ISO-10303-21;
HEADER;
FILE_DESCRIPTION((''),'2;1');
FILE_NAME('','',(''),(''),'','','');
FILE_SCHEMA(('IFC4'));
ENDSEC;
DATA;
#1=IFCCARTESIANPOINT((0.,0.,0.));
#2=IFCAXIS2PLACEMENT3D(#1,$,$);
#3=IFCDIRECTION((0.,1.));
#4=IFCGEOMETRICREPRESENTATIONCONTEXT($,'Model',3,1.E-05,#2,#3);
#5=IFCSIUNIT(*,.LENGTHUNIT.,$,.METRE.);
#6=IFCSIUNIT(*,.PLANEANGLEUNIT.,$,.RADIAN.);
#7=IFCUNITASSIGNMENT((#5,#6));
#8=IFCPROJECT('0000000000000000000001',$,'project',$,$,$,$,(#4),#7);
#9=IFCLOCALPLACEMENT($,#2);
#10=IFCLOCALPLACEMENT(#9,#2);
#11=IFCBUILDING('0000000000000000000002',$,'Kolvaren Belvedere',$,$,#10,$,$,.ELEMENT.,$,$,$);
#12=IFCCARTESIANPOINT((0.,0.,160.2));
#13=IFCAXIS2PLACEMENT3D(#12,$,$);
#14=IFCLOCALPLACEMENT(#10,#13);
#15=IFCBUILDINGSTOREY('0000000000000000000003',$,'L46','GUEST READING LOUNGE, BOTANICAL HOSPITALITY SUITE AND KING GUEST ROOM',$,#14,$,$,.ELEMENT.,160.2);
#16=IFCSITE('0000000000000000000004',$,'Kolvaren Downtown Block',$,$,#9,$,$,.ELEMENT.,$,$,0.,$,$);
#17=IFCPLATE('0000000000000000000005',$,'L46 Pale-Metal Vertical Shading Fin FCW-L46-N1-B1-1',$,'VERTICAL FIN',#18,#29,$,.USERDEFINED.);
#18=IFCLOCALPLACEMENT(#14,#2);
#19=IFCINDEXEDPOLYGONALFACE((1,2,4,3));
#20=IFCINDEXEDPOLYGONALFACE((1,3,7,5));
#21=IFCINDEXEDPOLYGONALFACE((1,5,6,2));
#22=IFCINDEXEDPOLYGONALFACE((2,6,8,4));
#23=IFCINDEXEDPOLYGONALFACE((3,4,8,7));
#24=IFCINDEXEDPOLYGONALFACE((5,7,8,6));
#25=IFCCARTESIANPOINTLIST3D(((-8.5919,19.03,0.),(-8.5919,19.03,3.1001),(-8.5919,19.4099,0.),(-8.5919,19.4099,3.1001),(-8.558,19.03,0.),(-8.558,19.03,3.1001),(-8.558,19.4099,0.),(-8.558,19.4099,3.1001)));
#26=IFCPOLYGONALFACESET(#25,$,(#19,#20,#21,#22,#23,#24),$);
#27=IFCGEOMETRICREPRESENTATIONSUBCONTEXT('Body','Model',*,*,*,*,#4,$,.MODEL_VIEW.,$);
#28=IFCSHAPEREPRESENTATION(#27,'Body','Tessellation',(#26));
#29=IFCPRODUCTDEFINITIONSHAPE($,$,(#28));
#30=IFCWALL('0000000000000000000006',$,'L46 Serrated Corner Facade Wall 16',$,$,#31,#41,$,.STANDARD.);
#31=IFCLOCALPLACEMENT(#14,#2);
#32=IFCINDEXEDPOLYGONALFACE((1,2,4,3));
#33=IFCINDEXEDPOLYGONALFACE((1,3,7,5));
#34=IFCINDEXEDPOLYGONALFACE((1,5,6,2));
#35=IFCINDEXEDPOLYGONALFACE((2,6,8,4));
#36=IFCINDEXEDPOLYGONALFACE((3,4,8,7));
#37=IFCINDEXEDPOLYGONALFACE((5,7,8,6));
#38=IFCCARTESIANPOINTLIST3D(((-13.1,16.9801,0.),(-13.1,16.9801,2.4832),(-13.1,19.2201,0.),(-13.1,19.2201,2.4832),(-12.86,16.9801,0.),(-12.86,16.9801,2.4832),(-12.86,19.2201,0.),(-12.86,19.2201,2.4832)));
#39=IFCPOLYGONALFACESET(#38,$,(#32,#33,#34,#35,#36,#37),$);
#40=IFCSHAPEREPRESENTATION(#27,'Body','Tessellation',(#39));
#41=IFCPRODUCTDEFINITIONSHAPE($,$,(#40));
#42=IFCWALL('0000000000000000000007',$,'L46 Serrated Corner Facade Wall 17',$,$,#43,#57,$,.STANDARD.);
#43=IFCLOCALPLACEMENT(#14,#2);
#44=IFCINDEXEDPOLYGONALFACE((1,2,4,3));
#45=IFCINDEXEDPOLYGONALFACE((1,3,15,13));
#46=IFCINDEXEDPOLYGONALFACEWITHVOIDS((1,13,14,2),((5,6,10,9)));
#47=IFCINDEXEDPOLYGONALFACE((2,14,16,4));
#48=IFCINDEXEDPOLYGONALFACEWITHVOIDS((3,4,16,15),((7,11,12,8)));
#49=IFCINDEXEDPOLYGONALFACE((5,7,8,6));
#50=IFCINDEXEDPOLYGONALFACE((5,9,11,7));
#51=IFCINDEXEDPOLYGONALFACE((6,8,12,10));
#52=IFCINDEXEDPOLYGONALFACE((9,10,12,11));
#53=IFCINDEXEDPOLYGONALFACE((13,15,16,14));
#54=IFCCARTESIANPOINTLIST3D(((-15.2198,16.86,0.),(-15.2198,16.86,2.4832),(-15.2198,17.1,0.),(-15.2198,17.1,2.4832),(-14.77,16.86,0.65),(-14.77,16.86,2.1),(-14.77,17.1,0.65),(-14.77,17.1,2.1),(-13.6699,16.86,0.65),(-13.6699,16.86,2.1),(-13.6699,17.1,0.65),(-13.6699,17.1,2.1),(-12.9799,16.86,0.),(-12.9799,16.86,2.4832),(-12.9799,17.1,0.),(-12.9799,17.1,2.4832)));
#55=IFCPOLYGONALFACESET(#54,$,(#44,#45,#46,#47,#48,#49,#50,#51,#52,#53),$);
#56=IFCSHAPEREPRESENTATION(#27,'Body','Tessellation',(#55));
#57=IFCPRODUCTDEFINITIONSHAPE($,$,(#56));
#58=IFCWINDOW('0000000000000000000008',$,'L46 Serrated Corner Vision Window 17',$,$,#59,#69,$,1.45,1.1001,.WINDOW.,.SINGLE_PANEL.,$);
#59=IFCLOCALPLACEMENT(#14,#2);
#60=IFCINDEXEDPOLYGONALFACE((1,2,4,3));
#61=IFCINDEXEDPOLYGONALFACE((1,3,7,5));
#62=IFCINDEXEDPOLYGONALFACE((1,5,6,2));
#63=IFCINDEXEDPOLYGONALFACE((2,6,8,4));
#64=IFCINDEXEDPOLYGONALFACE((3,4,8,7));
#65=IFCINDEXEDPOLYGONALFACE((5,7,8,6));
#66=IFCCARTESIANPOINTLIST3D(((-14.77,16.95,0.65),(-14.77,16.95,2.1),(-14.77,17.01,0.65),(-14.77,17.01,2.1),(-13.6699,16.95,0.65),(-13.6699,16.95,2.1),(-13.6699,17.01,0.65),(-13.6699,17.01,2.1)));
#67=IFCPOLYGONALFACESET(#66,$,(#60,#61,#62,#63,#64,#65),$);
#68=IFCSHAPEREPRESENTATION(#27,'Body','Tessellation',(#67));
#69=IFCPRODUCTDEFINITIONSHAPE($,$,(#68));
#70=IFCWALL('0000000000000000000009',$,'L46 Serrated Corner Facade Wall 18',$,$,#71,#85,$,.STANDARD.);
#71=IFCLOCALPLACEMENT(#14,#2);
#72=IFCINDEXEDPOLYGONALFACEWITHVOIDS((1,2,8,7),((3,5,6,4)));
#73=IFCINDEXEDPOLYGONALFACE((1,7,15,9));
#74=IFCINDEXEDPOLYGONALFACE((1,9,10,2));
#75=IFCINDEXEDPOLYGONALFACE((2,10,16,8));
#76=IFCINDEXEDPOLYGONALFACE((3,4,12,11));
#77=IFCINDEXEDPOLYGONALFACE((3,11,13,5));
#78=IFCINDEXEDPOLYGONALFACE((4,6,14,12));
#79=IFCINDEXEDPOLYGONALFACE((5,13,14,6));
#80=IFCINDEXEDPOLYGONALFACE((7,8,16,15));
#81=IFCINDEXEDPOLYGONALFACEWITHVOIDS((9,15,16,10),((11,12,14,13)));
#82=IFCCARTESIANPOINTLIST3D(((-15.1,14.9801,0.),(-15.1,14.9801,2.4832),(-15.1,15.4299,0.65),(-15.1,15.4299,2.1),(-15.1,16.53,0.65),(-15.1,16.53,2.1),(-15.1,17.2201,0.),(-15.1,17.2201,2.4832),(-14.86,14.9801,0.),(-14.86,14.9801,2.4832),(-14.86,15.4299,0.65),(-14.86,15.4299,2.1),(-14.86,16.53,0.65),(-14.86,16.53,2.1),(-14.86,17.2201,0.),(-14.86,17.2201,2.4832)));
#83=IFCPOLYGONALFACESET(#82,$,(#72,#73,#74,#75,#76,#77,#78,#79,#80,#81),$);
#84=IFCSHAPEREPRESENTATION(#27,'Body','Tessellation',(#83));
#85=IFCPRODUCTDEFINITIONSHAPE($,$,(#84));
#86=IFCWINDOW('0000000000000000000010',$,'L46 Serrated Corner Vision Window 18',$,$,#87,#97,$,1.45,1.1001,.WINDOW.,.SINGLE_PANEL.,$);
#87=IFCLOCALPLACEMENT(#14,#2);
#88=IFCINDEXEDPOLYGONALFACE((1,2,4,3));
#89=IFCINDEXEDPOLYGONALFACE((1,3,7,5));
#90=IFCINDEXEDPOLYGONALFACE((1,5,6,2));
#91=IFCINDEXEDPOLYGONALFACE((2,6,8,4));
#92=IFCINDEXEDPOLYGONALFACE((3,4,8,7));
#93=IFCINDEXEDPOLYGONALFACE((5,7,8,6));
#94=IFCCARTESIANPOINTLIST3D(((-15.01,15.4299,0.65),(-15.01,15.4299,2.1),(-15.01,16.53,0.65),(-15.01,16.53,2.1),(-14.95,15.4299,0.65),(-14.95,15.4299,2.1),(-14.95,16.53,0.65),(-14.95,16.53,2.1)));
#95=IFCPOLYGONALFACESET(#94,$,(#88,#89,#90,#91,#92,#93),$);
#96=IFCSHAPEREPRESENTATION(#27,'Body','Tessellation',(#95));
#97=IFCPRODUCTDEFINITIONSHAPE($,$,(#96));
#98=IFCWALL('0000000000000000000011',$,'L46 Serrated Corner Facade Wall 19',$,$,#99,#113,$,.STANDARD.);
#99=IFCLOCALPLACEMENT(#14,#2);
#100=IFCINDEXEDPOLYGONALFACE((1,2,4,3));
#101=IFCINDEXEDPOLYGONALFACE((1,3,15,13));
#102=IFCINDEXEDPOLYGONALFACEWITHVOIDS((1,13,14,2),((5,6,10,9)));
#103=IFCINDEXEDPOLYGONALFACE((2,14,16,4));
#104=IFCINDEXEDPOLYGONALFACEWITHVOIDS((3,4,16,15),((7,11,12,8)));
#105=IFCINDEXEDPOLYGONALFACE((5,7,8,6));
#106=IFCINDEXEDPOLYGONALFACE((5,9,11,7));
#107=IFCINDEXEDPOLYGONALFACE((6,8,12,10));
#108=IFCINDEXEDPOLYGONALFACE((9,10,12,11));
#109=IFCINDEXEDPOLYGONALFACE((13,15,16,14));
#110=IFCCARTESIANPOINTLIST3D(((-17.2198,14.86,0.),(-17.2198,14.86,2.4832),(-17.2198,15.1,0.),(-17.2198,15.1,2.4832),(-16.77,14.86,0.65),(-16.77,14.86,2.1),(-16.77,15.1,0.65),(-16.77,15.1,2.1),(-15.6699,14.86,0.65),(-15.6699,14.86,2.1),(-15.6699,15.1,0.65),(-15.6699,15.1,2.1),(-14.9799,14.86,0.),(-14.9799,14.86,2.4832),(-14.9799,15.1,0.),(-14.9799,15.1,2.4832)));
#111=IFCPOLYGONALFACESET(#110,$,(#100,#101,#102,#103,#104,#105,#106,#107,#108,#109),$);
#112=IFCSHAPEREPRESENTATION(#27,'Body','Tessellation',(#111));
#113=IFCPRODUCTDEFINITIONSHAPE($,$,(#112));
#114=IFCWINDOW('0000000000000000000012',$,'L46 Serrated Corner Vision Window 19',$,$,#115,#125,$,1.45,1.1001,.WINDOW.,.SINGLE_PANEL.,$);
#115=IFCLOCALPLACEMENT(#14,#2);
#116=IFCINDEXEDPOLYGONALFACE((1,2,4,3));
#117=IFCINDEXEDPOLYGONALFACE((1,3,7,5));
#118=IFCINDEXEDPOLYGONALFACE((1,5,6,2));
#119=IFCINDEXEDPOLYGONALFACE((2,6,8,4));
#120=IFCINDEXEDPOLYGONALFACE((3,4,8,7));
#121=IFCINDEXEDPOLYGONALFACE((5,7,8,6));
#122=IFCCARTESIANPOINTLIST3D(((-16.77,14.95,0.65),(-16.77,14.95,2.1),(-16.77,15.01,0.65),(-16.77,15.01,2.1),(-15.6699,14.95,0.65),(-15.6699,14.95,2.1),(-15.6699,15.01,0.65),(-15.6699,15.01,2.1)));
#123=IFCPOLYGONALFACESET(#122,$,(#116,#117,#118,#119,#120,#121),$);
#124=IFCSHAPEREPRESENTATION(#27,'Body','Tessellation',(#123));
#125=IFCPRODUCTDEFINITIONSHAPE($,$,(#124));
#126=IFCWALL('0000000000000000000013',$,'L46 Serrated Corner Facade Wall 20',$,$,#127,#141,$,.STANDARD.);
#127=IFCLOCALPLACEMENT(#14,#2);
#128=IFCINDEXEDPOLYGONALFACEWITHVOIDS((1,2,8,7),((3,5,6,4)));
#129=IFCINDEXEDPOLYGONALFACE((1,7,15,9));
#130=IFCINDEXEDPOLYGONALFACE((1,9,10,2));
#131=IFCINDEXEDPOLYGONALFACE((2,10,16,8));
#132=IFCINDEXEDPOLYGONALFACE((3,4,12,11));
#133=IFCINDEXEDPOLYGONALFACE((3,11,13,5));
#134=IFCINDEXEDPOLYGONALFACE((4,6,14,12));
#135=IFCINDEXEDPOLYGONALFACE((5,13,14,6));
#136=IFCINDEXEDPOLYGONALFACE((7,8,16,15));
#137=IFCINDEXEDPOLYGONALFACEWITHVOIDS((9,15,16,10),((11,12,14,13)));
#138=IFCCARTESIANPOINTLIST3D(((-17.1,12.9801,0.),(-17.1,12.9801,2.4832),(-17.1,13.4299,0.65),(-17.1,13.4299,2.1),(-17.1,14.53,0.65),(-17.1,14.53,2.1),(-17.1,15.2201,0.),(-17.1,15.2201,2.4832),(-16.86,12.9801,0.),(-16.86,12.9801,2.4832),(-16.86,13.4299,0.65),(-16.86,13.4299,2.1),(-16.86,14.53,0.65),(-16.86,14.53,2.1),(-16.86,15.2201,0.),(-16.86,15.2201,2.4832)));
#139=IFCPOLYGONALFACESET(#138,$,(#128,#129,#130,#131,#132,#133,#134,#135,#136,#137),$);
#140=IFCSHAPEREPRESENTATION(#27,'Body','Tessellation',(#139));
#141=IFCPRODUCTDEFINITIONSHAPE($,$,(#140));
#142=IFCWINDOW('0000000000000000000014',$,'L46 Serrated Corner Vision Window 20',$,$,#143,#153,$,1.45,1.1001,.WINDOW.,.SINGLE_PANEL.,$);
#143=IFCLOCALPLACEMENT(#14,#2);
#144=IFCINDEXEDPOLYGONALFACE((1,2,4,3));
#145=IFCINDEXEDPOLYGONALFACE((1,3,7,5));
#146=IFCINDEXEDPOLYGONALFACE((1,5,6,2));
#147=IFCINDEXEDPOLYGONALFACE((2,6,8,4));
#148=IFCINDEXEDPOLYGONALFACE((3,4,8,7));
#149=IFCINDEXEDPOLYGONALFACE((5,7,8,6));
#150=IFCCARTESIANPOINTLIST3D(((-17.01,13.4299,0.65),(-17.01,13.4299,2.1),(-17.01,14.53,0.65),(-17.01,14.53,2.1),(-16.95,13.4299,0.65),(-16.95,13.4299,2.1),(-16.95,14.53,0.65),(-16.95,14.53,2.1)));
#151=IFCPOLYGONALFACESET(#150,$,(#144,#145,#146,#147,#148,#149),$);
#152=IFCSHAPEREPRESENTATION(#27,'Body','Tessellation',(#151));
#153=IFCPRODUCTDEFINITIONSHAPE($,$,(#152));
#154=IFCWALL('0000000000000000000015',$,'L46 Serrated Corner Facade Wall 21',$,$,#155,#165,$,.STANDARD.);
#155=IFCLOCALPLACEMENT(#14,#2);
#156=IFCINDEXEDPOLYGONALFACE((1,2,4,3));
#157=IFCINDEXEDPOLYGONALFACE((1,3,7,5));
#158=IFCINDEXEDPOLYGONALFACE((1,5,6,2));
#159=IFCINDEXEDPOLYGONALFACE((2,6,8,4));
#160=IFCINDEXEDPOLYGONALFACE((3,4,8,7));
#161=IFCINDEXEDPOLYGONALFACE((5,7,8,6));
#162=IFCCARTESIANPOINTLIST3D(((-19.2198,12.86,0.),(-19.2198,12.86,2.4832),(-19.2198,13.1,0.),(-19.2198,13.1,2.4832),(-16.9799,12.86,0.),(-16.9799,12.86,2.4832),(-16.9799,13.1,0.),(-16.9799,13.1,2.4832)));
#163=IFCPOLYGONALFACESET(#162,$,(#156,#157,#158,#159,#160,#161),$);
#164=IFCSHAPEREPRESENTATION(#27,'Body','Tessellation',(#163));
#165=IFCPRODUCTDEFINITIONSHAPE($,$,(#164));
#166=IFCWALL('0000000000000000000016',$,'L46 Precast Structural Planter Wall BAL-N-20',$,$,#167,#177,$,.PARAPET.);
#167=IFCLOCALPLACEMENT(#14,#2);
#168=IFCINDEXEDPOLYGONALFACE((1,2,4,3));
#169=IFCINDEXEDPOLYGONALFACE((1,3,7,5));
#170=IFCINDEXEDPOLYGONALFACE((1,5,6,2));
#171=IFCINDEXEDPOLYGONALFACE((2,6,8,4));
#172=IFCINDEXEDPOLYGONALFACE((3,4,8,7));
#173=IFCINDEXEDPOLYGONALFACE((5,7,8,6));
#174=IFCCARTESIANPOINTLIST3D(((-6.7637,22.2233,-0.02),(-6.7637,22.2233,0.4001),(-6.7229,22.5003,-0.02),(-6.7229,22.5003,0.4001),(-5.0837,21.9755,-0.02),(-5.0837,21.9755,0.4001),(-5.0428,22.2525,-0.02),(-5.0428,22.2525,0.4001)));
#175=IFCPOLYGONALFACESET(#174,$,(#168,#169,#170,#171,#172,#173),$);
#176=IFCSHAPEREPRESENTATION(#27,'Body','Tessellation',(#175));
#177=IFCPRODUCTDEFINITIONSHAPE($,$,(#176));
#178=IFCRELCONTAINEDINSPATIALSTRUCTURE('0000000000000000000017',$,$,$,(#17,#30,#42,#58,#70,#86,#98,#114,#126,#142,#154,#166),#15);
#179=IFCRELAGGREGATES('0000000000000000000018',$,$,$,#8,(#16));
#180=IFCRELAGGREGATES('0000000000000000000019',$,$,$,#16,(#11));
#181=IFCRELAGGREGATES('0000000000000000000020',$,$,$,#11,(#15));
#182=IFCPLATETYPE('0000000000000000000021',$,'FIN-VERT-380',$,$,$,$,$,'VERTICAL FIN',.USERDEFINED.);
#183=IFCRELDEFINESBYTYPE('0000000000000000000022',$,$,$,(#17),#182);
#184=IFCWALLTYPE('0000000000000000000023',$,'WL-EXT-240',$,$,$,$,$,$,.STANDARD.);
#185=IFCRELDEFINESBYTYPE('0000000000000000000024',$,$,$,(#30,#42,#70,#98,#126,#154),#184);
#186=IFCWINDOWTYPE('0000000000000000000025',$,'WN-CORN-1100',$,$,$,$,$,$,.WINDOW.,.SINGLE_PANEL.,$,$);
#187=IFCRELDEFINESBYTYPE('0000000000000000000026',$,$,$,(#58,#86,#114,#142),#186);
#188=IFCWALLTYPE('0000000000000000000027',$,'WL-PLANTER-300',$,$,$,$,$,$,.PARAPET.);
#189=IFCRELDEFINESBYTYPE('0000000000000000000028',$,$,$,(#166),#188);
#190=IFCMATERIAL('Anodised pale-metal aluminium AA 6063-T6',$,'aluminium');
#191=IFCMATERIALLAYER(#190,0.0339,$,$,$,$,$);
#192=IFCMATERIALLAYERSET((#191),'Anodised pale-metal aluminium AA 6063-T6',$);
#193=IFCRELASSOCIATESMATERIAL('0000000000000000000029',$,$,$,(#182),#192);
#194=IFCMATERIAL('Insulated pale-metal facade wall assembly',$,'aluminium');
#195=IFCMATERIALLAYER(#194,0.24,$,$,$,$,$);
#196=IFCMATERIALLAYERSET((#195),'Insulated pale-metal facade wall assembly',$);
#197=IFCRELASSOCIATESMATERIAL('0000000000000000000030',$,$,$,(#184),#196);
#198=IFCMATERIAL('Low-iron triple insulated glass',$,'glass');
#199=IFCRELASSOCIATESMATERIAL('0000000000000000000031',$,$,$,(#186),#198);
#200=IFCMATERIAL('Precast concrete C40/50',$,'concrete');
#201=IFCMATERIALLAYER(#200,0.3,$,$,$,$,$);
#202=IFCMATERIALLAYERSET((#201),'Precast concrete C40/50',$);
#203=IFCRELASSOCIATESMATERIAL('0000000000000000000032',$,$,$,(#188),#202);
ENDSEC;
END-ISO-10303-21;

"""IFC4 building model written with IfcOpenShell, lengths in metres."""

from ifc_helpers import new_model, si_unit, direction, frame, frame_2d, origin, origin_2d, place, context, subcontext, project, spatial, rectangle, extrude, material, layer, layer_set, type_object, element, fill, save


model = new_model("IFC4")

# Units and contexts
model_context = context("Model", 3, precision=1e-05, world=origin(), true_north=direction((0.0, 1.0)))
body_context = subcontext(model_context, "Body", "Model", "MODEL_VIEW")
ifc_project = project(units=[si_unit("LENGTHUNIT", "METRE"), si_unit("PLANEANGLEUNIT", "RADIAN")], contexts=[model_context])

# Site, building, storey
site_placement = place(None, origin())
site = spatial("IfcSite", under=ifc_project, at=site_placement, Name="Kolvaren Downtown Block", CompositionType="ELEMENT", RefElevation=0.0)
building_placement = place(site_placement, origin())
building = spatial("IfcBuilding", under=site, at=building_placement, Name="Kolvaren Belvedere", CompositionType="ELEMENT")
storey_placement = place(building_placement, frame((0.0, 0.0, 160.2)))
storey = spatial("IfcBuildingStorey", under=building, at=storey_placement, Name="L46", Description="GUEST READING LOUNGE, BOTANICAL HOSPITALITY SUITE AND KING GUEST ROOM", CompositionType="ELEMENT", Elevation=160.2)

# Plate
ifc_material_1 = material(Name="Anodised pale-metal aluminium AA 6063-T6", Category="aluminium")
ifc_layer_1 = layer(ifc_material_1, 0.0339)
ifc_layer_set_1 = layer_set([ifc_layer_1], Name="Anodised pale-metal aluminium AA 6063-T6")
plate_type_1 = type_object("IfcPlateType", Name="FIN-VERT-380", ElementType="VERTICAL FIN", PredefinedType="USERDEFINED", material=ifc_layer_set_1)
plate_1_placement = place(storey_placement, frame((-8.575, 19.22, 0.0), z_axis=(0.0, 0.0, 1.0), x_axis=(0.0, 1.0, 0.0)))
element("IfcPlate", 1, at=plate_1_placement, inside=storey, type_object=plate_type_1, Name="L46 Pale-Metal Vertical Shading Fin FCW-L46-N1-B1-1", ObjectType="VERTICAL FIN", PredefinedType="USERDEFINED", context=body_context, shape_type="SweptSolid", body=[
    extrude(rectangle(XDim=0.3799, YDim=0.0339, at=origin_2d()), origin(), (0.0, 0.0, 1.0), 3.1001),
])

# Wall
ifc_material_2 = material(Name="Insulated pale-metal facade wall assembly", Category="aluminium")
ifc_layer_2 = layer(ifc_material_2, 0.24)
ifc_layer_set_2 = layer_set([ifc_layer_2], Name="Insulated pale-metal facade wall assembly")
wall_type_1 = type_object("IfcWallType", Name="WL-EXT-240", PredefinedType="STANDARD", material=ifc_layer_set_2)
wall_1_placement = place(storey_placement, frame((-12.98, 16.98, 0.0), z_axis=(0.0, 0.0, 1.0), x_axis=(0.0, 1.0, 0.0)))
element("IfcWall", 2, at=wall_1_placement, inside=storey, type_object=wall_type_1, Name="L46 Serrated Corner Facade Wall 16", PredefinedType="STANDARD", context=body_context, shape_type="SweptSolid", body=[
    extrude(rectangle(XDim=2.24, YDim=0.24, at=frame_2d((1.1201, 0.0))), origin(), (0.0, 0.0, 1.0), 2.4832),
])

# Walls, openings, windows
wall_2_placement = place(storey_placement, frame((-15.22, 16.98, 0.0), z_axis=(0.0, 0.0, 1.0), x_axis=(1.0, 0.0, 0.0)))
wall_2 = element("IfcWall", 3, at=wall_2_placement, inside=storey, type_object=wall_type_1, Name="L46 Serrated Corner Facade Wall 17", PredefinedType="STANDARD", context=body_context, shape_type="SweptSolid", body=[
    extrude(rectangle(XDim=2.24, YDim=0.24, at=frame_2d((1.1201, 0.0))), origin(), (0.0, 0.0, 1.0), 2.4832),
])
opening_1_placement = place(wall_2_placement, frame((0.45, 0.0, 0.6499)))
opening_1 = element("IfcOpeningElement", 4, at=opening_1_placement, cuts=wall_2, PredefinedType="OPENING", context=body_context, shape_type="SweptSolid", body=[
    extrude(rectangle(XDim=1.1001, YDim=1.45, at=frame_2d((0.55, 0.7251))), frame((0.0, 0.1299, 0.0), z_axis=(0.0, -1.0, 0.0), x_axis=(1.0, 0.0, 0.0)), (0.0, 0.0, 1.0), 0.26),
])
ifc_material_3 = material(Name="Low-iron triple insulated glass", Category="glass")
window_type = type_object("IfcWindowType", Name="WN-CORN-1100", PartitioningType="SINGLE_PANEL", PredefinedType="WINDOW", material=ifc_material_3)
window_1_placement = place(opening_1_placement, origin())
window_1 = element("IfcWindow", 5, at=window_1_placement, inside=storey, type_object=window_type, Name="L46 Serrated Corner Vision Window 17", OverallHeight=1.45, OverallWidth=1.1001, PartitioningType="SINGLE_PANEL", PredefinedType="WINDOW", context=body_context, shape_type="SweptSolid", body=[
    extrude(rectangle(XDim=1.1001, YDim=1.45, at=frame_2d((0.55, 0.7251))), frame((0.0, 0.03, 0.0), z_axis=(0.0, -1.0, 0.0), x_axis=(1.0, 0.0, 0.0)), (0.0, 0.0, 1.0), 0.0601),
])
fill(opening_1, window_1)
wall_3_placement = place(storey_placement, frame((-14.98, 14.98, 0.0), z_axis=(0.0, 0.0, 1.0), x_axis=(0.0, 1.0, 0.0)))
wall_3 = element("IfcWall", 6, at=wall_3_placement, inside=storey, type_object=wall_type_1, Name="L46 Serrated Corner Facade Wall 18", PredefinedType="STANDARD", context=body_context, shape_type="SweptSolid", body=[
    extrude(rectangle(XDim=2.24, YDim=0.24, at=frame_2d((1.1201, 0.0))), origin(), (0.0, 0.0, 1.0), 2.4832),
])
opening_2_placement = place(wall_3_placement, frame((0.45, 0.0, 0.6499)))
opening_2 = element("IfcOpeningElement", 7, at=opening_2_placement, cuts=wall_3, PredefinedType="OPENING", context=body_context, shape_type="SweptSolid", body=[
    extrude(rectangle(XDim=1.1001, YDim=1.45, at=frame_2d((0.55, 0.7251))), frame((0.0, 0.1299, 0.0), z_axis=(0.0, -1.0, 0.0), x_axis=(1.0, 0.0, 0.0)), (0.0, 0.0, 1.0), 0.26),
])
window_2_placement = place(opening_2_placement, origin())
window_2 = element("IfcWindow", 8, at=window_2_placement, inside=storey, type_object=window_type, Name="L46 Serrated Corner Vision Window 18", OverallHeight=1.45, OverallWidth=1.1001, PartitioningType="SINGLE_PANEL", PredefinedType="WINDOW", context=body_context, shape_type="SweptSolid", body=[
    extrude(rectangle(XDim=1.1001, YDim=1.45, at=frame_2d((0.55, 0.7251))), frame((0.0, 0.03, 0.0), z_axis=(0.0, -1.0, 0.0), x_axis=(1.0, 0.0, 0.0)), (0.0, 0.0, 1.0), 0.0601),
])
fill(opening_2, window_2)
wall_4_placement = place(storey_placement, frame((-17.22, 14.98, 0.0), z_axis=(0.0, 0.0, 1.0), x_axis=(1.0, 0.0, 0.0)))
wall_4 = element("IfcWall", 9, at=wall_4_placement, inside=storey, type_object=wall_type_1, Name="L46 Serrated Corner Facade Wall 19", PredefinedType="STANDARD", context=body_context, shape_type="SweptSolid", body=[
    extrude(rectangle(XDim=2.24, YDim=0.24, at=frame_2d((1.1201, 0.0))), origin(), (0.0, 0.0, 1.0), 2.4832),
])
opening_3_placement = place(wall_4_placement, frame((0.45, 0.0, 0.6499)))
opening_3 = element("IfcOpeningElement", 10, at=opening_3_placement, cuts=wall_4, PredefinedType="OPENING", context=body_context, shape_type="SweptSolid", body=[
    extrude(rectangle(XDim=1.1001, YDim=1.45, at=frame_2d((0.55, 0.7251))), frame((0.0, 0.1299, 0.0), z_axis=(0.0, -1.0, 0.0), x_axis=(1.0, 0.0, 0.0)), (0.0, 0.0, 1.0), 0.26),
])
window_3_placement = place(opening_3_placement, origin())
window_3 = element("IfcWindow", 11, at=window_3_placement, inside=storey, type_object=window_type, Name="L46 Serrated Corner Vision Window 19", OverallHeight=1.45, OverallWidth=1.1001, PartitioningType="SINGLE_PANEL", PredefinedType="WINDOW", context=body_context, shape_type="SweptSolid", body=[
    extrude(rectangle(XDim=1.1001, YDim=1.45, at=frame_2d((0.55, 0.7251))), frame((0.0, 0.03, 0.0), z_axis=(0.0, -1.0, 0.0), x_axis=(1.0, 0.0, 0.0)), (0.0, 0.0, 1.0), 0.0601),
])
fill(opening_3, window_3)
wall_5_placement = place(storey_placement, frame((-16.98, 12.98, 0.0), z_axis=(0.0, 0.0, 1.0), x_axis=(0.0, 1.0, 0.0)))
wall_5 = element("IfcWall", 12, at=wall_5_placement, inside=storey, type_object=wall_type_1, Name="L46 Serrated Corner Facade Wall 20", PredefinedType="STANDARD", context=body_context, shape_type="SweptSolid", body=[
    extrude(rectangle(XDim=2.24, YDim=0.24, at=frame_2d((1.1201, 0.0))), origin(), (0.0, 0.0, 1.0), 2.4832),
])
opening_4_placement = place(wall_5_placement, frame((0.45, 0.0, 0.6499)))
opening_4 = element("IfcOpeningElement", 13, at=opening_4_placement, cuts=wall_5, PredefinedType="OPENING", context=body_context, shape_type="SweptSolid", body=[
    extrude(rectangle(XDim=1.1001, YDim=1.45, at=frame_2d((0.55, 0.7251))), frame((0.0, 0.1299, 0.0), z_axis=(0.0, -1.0, 0.0), x_axis=(1.0, 0.0, 0.0)), (0.0, 0.0, 1.0), 0.26),
])
window_4_placement = place(opening_4_placement, origin())
window_4 = element("IfcWindow", 14, at=window_4_placement, inside=storey, type_object=window_type, Name="L46 Serrated Corner Vision Window 20", OverallHeight=1.45, OverallWidth=1.1001, PartitioningType="SINGLE_PANEL", PredefinedType="WINDOW", context=body_context, shape_type="SweptSolid", body=[
    extrude(rectangle(XDim=1.1001, YDim=1.45, at=frame_2d((0.55, 0.7251))), frame((0.0, 0.03, 0.0), z_axis=(0.0, -1.0, 0.0), x_axis=(1.0, 0.0, 0.0)), (0.0, 0.0, 1.0), 0.0601),
])
fill(opening_4, window_4)

# Walls
wall_6_placement = place(storey_placement, frame((-19.22, 12.98, 0.0), z_axis=(0.0, 0.0, 1.0), x_axis=(1.0, 0.0, 0.0)))
element("IfcWall", 15, at=wall_6_placement, inside=storey, type_object=wall_type_1, Name="L46 Serrated Corner Facade Wall 21", PredefinedType="STANDARD", context=body_context, shape_type="SweptSolid", body=[
    extrude(rectangle(XDim=2.24, YDim=0.24, at=frame_2d((1.1201, 0.0))), origin(), (0.0, 0.0, 1.0), 2.4832),
])
ifc_material_4 = material(Name="Precast concrete C40/50", Category="concrete")
ifc_layer_3 = layer(ifc_material_4, 0.3)
ifc_layer_set_3 = layer_set([ifc_layer_3], Name="Precast concrete C40/50")
wall_type_2 = type_object("IfcWallType", Name="WL-PLANTER-300", PredefinedType="PARAPET", material=ifc_layer_set_3)
wall_7_placement = place(storey_placement, frame((-5.0632, 22.114, -0.02), z_axis=(0.0, 0.0, 1.0), x_axis=(-0.989298, 0.145908, 0.0)))
element("IfcWall", 16, at=wall_7_placement, inside=storey, type_object=wall_type_2, Name="L46 Precast Structural Planter Wall BAL-N-20", PredefinedType="PARAPET", context=body_context, shape_type="SweptSolid", body=[
    extrude(rectangle(XDim=1.6982, YDim=0.28, at=frame_2d((0.8491, 0.0))), origin(), (0.0, 0.0, 1.0), 0.4202),
])

save(model, "model.ifc")
